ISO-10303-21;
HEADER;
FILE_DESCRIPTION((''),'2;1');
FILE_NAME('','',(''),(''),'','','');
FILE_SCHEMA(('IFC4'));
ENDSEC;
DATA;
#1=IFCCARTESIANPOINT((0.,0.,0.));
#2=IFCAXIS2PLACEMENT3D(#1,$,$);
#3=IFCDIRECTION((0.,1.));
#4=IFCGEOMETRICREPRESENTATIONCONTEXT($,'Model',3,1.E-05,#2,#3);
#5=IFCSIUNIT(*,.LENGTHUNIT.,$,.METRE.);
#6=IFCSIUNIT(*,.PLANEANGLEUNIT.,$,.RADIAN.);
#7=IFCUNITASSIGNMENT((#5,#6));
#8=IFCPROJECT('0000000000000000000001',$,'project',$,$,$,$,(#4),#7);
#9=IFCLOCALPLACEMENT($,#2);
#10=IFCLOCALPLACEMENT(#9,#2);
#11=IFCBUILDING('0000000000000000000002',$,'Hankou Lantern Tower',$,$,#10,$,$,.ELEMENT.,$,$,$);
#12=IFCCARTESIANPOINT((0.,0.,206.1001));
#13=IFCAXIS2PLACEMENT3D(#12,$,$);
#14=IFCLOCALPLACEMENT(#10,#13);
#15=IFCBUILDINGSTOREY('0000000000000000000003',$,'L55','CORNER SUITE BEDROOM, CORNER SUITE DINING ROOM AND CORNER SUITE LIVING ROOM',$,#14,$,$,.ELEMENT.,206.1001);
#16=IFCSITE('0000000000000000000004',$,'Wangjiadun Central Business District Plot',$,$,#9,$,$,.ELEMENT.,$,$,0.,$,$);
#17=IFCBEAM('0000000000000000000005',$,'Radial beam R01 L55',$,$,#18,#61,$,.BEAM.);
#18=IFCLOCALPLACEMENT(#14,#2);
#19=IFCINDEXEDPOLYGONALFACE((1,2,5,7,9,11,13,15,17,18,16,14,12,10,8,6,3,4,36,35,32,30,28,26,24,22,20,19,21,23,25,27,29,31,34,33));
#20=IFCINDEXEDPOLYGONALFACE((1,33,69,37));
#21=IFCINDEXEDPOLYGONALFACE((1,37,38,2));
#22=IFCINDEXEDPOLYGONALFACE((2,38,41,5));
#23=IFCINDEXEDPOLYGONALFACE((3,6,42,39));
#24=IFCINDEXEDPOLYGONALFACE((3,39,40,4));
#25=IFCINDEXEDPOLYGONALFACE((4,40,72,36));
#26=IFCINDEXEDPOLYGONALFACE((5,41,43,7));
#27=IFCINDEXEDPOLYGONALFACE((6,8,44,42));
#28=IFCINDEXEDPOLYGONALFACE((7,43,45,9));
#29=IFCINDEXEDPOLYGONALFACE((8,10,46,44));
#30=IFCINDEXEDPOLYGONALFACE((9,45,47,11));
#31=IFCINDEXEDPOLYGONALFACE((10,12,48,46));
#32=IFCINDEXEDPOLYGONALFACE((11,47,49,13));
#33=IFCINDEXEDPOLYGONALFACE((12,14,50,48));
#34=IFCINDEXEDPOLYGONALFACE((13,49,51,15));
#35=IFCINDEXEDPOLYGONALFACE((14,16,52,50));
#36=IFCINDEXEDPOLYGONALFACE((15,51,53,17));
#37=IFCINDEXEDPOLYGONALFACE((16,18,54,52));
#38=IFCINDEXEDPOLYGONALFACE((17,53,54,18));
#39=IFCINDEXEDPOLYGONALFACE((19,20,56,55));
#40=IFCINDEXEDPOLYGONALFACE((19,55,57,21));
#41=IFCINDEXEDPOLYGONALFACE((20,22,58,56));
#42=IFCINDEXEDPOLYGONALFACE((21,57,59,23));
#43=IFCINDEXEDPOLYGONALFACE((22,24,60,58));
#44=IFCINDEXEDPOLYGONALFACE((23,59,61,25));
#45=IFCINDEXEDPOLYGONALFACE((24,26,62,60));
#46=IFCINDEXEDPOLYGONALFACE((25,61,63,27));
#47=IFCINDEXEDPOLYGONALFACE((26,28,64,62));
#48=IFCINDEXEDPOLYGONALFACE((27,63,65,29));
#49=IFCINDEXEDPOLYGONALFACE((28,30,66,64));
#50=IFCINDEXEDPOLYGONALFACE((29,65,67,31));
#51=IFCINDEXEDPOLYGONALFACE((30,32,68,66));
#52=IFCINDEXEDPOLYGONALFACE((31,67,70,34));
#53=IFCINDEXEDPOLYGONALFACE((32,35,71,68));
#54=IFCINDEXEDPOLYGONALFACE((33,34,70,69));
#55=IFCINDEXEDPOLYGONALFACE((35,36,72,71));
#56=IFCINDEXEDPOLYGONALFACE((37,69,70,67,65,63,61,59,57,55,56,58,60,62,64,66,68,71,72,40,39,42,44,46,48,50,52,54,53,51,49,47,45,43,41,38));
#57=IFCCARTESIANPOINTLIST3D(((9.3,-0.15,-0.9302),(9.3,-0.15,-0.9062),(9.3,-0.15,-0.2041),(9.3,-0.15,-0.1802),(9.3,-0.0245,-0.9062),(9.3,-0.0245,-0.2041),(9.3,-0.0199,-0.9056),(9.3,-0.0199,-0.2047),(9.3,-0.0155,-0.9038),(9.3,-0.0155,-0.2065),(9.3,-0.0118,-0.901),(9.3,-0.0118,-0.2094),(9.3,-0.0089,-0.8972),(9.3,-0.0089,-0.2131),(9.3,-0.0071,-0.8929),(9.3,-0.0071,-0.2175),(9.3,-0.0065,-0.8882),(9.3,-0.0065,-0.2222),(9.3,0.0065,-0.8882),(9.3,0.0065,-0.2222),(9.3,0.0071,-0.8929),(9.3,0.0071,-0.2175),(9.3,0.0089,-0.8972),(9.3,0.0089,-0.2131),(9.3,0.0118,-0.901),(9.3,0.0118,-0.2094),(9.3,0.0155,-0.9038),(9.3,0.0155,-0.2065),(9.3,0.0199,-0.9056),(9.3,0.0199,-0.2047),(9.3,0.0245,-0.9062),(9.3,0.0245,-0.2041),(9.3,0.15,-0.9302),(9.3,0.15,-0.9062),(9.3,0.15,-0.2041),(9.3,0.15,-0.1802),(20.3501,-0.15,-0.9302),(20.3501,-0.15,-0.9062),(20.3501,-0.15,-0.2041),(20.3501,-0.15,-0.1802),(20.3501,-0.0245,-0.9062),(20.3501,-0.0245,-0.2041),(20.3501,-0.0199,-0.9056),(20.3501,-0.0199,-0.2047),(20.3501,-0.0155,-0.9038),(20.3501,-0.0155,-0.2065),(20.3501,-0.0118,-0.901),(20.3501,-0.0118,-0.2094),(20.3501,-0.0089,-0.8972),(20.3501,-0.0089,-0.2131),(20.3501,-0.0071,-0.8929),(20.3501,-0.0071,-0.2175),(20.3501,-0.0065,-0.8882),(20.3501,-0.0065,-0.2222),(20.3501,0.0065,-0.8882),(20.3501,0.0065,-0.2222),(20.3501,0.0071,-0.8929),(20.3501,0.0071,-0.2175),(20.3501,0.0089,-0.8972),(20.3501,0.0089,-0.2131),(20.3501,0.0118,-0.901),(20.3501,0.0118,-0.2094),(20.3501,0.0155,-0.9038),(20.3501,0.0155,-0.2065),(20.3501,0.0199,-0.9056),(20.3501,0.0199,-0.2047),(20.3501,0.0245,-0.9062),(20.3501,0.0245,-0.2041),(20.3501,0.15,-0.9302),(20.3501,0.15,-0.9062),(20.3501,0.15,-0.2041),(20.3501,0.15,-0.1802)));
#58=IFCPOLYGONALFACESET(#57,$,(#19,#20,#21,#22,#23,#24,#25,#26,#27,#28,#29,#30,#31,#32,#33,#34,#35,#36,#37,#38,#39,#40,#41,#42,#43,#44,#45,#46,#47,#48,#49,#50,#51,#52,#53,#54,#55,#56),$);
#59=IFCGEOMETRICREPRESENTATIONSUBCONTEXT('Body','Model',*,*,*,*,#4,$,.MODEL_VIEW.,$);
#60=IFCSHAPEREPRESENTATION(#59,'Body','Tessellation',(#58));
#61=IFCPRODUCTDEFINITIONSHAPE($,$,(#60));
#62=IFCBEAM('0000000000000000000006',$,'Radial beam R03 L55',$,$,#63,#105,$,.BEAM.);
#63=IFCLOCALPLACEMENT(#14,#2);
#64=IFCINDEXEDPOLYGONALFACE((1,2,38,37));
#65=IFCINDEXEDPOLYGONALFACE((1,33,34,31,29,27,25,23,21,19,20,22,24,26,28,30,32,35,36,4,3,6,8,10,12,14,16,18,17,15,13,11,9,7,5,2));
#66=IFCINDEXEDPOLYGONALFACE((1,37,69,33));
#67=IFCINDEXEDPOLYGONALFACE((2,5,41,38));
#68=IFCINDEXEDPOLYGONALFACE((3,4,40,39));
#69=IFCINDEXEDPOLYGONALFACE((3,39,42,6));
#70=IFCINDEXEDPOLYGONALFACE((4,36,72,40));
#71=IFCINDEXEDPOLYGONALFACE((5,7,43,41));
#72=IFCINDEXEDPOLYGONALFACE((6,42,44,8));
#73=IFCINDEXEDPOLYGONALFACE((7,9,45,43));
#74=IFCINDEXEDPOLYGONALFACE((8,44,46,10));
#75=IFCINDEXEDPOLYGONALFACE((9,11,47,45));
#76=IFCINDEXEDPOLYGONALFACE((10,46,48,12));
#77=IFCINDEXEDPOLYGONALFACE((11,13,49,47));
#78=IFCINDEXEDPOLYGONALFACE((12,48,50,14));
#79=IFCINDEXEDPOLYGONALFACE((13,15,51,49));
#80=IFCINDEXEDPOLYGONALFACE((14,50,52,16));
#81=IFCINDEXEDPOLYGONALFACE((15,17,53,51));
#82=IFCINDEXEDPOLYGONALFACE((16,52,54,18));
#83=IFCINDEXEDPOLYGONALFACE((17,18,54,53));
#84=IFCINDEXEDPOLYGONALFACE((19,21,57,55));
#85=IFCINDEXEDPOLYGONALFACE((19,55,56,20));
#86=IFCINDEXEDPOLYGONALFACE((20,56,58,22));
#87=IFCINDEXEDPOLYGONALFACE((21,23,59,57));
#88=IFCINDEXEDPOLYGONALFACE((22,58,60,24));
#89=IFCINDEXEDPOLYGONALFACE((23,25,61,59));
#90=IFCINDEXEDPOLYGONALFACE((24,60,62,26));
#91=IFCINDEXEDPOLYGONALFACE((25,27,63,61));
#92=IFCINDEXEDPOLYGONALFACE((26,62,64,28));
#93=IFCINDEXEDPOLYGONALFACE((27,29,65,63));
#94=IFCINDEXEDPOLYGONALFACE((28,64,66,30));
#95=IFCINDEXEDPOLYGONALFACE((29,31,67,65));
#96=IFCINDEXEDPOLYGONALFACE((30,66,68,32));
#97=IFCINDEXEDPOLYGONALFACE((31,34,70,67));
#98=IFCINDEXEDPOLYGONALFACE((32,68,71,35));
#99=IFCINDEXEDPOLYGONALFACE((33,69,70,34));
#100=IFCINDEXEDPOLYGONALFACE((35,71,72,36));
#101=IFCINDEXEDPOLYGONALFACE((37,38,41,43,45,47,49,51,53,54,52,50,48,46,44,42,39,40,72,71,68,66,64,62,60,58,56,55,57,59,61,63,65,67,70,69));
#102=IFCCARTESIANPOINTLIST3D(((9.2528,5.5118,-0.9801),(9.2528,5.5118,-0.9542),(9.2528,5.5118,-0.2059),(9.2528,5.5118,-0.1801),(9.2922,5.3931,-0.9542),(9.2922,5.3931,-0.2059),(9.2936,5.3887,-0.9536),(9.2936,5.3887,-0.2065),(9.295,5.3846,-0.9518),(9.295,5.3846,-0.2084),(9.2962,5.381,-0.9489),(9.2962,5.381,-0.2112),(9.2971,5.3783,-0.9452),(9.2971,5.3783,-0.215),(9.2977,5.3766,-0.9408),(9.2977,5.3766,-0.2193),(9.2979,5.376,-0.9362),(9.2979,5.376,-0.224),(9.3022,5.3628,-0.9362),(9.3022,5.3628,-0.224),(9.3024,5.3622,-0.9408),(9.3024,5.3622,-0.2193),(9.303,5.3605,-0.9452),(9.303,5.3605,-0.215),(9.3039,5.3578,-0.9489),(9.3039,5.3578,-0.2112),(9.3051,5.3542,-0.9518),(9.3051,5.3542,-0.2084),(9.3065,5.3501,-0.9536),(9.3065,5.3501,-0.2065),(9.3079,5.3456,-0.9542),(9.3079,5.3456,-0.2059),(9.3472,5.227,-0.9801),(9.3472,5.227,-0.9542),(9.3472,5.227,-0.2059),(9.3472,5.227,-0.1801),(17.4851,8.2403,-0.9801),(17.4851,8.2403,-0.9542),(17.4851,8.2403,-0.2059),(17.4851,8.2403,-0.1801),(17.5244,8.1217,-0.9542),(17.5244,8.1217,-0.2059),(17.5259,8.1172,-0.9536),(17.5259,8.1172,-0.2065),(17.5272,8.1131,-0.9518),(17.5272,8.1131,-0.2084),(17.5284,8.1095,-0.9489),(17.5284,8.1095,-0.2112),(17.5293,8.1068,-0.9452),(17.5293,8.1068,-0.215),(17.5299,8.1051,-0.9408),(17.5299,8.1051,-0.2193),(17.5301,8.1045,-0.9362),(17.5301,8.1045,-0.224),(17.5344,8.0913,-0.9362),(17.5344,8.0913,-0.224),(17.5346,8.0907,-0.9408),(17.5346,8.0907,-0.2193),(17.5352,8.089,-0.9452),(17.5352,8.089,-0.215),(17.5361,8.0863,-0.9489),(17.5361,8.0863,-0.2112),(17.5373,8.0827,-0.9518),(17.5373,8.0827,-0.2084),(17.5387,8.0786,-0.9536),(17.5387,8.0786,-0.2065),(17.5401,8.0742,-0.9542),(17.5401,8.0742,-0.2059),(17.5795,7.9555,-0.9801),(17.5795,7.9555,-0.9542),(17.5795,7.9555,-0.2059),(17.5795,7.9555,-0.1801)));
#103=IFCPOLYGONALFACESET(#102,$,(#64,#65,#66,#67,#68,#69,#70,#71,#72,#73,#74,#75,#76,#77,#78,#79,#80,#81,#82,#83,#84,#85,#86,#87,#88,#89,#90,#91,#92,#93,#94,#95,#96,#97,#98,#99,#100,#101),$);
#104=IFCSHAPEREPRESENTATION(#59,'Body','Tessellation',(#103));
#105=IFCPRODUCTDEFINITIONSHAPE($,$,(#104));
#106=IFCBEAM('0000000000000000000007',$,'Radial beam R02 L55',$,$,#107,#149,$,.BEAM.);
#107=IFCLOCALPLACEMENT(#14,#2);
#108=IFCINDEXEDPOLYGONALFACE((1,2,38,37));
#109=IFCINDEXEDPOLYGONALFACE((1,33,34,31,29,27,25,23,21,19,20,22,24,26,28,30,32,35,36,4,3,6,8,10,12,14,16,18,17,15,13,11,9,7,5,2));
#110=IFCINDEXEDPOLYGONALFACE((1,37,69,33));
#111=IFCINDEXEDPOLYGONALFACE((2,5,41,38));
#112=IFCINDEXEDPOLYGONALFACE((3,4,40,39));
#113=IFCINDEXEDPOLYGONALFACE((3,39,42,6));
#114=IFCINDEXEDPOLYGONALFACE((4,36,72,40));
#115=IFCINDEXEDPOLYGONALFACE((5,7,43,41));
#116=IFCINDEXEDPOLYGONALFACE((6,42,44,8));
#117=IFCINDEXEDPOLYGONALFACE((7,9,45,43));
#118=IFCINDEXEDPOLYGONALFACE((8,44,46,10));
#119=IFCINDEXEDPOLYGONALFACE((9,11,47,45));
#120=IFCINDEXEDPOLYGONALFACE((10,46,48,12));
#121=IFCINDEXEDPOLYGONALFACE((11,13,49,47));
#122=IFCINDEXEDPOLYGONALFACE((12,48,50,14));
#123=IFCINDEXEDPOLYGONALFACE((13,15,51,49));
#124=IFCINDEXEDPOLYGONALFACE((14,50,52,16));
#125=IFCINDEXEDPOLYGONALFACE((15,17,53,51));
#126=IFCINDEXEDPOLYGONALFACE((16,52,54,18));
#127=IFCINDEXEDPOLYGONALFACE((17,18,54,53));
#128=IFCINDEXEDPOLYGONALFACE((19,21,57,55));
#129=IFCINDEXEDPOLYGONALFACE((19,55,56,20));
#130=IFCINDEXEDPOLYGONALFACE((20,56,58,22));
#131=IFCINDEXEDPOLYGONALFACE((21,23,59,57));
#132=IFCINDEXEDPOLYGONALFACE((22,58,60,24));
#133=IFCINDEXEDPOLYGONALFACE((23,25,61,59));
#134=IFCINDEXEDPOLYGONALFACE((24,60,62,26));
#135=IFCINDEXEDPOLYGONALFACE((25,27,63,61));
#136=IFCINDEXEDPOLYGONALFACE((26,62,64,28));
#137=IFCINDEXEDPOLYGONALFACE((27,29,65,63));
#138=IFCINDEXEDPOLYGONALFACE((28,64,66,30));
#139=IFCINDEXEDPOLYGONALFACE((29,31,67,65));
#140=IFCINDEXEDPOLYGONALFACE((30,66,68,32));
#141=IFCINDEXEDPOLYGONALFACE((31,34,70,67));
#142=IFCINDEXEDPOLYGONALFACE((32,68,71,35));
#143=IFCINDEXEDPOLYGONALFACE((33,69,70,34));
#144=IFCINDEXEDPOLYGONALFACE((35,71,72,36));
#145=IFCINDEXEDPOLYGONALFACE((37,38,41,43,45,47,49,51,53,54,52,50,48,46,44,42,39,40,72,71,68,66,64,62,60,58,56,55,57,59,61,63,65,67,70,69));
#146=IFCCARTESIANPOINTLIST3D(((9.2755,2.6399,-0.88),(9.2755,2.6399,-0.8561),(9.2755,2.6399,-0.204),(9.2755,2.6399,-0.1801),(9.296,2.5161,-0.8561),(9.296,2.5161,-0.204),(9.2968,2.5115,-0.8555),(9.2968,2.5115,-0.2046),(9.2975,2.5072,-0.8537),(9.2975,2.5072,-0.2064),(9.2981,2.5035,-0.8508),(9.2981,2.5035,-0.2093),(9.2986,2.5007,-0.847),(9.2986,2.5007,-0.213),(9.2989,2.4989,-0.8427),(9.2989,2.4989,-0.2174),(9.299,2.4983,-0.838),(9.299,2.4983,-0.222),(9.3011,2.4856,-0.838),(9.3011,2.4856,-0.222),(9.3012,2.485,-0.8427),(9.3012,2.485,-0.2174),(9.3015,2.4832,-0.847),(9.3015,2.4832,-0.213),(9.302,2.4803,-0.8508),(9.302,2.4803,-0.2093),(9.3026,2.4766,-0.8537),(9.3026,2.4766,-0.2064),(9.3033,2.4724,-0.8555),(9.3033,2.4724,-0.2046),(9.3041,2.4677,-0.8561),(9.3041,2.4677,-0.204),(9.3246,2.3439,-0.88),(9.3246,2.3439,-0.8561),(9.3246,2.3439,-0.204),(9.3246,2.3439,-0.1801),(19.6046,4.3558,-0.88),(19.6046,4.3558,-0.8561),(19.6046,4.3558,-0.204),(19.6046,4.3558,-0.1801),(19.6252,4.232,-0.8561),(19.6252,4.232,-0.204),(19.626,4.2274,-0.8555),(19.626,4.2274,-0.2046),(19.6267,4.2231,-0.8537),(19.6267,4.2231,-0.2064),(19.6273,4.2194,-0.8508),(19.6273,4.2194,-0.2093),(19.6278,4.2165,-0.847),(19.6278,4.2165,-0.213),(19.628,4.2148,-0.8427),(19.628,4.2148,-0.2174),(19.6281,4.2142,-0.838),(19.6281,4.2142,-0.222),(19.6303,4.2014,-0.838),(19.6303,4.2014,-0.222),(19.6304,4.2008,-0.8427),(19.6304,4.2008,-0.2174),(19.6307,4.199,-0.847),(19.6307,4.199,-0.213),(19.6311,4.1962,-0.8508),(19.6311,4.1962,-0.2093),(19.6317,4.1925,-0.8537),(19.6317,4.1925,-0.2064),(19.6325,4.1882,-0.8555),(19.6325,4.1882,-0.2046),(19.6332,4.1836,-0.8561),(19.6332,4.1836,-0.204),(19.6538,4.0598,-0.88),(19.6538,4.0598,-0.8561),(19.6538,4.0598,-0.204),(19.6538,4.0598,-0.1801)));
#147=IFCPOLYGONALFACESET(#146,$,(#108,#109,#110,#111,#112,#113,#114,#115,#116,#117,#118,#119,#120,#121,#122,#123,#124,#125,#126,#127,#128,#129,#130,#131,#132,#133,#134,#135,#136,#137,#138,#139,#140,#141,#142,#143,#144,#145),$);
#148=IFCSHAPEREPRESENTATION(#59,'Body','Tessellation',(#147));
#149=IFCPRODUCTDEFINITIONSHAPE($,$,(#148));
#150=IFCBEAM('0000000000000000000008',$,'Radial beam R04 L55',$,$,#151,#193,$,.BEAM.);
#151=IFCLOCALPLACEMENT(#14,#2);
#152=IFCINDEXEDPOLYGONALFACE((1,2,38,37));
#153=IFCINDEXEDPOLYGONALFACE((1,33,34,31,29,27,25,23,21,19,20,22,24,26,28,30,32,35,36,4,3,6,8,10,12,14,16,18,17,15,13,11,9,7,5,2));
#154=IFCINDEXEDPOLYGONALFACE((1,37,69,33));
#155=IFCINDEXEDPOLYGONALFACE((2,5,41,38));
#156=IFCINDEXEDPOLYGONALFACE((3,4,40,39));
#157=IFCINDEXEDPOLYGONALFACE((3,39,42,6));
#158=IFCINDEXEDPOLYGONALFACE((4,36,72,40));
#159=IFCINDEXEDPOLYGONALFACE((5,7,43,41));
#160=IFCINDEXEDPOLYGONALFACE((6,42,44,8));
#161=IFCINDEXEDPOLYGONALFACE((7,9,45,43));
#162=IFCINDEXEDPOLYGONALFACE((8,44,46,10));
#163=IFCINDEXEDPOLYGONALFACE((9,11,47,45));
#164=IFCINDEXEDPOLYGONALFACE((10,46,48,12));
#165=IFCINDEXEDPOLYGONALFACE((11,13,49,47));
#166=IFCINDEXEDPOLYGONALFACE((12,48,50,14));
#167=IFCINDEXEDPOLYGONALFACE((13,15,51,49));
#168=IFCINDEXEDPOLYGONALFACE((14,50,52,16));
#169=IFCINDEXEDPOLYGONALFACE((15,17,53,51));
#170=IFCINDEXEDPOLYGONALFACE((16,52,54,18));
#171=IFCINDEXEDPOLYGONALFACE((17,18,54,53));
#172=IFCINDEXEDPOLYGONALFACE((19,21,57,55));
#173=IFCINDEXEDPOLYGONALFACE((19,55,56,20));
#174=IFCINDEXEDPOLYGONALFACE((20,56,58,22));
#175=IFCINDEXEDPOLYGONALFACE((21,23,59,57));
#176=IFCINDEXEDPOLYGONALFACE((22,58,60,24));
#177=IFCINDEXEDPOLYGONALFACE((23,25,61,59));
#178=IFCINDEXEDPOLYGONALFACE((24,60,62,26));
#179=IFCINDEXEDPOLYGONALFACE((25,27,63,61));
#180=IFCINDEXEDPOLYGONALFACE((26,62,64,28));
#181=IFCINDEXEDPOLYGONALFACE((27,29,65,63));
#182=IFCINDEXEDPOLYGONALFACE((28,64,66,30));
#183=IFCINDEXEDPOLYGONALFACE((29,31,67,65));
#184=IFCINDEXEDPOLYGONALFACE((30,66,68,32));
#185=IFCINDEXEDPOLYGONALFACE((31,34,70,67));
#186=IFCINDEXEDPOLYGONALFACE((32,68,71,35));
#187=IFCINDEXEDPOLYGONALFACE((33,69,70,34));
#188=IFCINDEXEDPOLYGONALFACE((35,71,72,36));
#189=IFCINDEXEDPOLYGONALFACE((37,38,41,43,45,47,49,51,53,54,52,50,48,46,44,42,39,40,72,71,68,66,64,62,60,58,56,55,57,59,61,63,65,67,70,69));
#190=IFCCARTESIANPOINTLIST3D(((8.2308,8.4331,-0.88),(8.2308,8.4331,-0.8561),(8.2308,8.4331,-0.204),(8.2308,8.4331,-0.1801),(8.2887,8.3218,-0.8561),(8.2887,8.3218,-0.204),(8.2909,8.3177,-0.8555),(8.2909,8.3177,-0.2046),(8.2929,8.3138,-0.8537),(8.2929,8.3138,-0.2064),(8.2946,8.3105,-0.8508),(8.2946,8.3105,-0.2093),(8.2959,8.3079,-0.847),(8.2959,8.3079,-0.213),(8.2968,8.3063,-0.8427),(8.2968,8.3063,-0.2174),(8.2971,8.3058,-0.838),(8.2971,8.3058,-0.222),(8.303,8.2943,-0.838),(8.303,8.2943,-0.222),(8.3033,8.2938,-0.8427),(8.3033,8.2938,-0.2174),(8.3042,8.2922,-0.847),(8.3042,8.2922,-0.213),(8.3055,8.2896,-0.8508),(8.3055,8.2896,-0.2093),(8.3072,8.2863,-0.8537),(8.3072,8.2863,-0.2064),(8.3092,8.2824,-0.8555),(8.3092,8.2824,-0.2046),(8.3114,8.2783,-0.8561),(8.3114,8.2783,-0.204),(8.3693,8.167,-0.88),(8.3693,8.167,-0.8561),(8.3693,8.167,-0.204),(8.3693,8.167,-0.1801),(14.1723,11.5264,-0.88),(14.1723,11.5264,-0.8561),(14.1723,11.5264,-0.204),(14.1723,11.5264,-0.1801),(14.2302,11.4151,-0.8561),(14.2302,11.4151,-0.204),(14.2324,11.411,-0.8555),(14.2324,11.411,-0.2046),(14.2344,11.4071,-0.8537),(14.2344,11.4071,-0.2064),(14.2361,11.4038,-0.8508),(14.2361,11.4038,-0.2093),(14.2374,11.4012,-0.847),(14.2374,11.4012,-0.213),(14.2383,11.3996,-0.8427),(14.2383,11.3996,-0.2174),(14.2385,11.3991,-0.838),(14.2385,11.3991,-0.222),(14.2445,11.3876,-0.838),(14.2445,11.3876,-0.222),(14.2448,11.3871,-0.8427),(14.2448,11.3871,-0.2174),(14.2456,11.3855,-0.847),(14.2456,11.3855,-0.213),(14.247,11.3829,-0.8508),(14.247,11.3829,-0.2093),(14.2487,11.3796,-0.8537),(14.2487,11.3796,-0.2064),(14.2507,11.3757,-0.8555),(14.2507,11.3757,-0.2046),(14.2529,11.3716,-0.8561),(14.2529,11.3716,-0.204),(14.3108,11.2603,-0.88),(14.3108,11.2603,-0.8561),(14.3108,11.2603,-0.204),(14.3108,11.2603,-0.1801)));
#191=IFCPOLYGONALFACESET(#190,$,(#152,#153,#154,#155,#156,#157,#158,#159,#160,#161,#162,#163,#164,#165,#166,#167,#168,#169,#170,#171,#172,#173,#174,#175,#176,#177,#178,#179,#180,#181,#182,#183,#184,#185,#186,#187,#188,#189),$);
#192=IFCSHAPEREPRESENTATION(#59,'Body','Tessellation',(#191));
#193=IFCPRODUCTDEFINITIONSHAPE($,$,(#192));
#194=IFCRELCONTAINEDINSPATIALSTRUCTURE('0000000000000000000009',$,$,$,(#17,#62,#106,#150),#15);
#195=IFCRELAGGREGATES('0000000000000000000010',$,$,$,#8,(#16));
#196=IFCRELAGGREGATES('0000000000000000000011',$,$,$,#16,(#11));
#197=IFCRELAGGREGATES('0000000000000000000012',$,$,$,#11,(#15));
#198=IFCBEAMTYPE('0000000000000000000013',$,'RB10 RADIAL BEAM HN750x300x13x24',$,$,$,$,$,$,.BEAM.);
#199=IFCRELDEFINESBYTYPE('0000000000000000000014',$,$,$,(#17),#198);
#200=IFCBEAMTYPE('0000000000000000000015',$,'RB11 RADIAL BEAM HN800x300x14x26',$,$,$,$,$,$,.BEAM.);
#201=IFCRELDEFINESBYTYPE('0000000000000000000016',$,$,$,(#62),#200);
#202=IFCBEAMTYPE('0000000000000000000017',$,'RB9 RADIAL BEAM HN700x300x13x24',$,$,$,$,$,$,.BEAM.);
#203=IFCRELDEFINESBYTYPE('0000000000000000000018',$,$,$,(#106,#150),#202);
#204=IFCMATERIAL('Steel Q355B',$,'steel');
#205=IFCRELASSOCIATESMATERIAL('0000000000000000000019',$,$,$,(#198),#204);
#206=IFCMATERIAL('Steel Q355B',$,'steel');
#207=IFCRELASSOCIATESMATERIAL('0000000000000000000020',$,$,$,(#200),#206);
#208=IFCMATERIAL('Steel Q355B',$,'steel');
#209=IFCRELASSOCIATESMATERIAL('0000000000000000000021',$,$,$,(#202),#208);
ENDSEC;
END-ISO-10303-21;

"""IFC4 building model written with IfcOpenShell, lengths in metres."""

from ifc_helpers import new_model, si_unit, direction, frame, origin, origin_2d, place, context, subcontext, project, spatial, i_section, extrude, material, material_profile, profile_set, type_object, element, save


model = new_model("IFC4")

# Units and contexts
model_context = context("Model", 3, precision=1e-05, world=origin(), true_north=direction((0.0, 1.0)))
body_context = subcontext(model_context, "Body", "Model", "MODEL_VIEW")
ifc_project = project(units=[si_unit("LENGTHUNIT", "METRE"), si_unit("PLANEANGLEUNIT", "RADIAN")], contexts=[model_context])

# Site, building, storey
site_placement = place(None, origin())
site = spatial("IfcSite", under=ifc_project, at=site_placement, Name="Wangjiadun Central Business District Plot", CompositionType="ELEMENT", RefElevation=0.0)
building_placement = place(site_placement, origin())
building = spatial("IfcBuilding", under=site, at=building_placement, Name="Hankou Lantern Tower", CompositionType="ELEMENT")
storey_placement = place(building_placement, frame((0.0, 0.0, 206.1001)))
storey = spatial("IfcBuildingStorey", under=building, at=storey_placement, Name="L55", Description="CORNER SUITE BEDROOM, CORNER SUITE DINING ROOM AND CORNER SUITE LIVING ROOM", CompositionType="ELEMENT", Elevation=206.1001)

# Beams
ifc_material_1 = material(Name="Steel Q355B", Category="steel")
ifc_material_profile_1 = material_profile(ifc_material_1, i_section(OverallWidth=0.3, OverallDepth=0.75, WebThickness=0.0129, FlangeThickness=0.0239, FilletRadius=0.0181, at=origin_2d()), Name="HN750x300x13x24")
ifc_profile_set_1 = profile_set([ifc_material_profile_1], Name="Steel Q355B")
beam_type_1 = type_object("IfcBeamType", Name="RB10 RADIAL BEAM HN750x300x13x24", PredefinedType="BEAM", material=ifc_profile_set_1)
beam_1_placement = place(storey_placement, frame((9.3, 0.0, -0.5552), z_axis=(1.0, 0.0, 0.0), x_axis=(0.0, 1.0, 0.0)))
element("IfcBeam", 1, at=beam_1_placement, inside=storey, type_object=beam_type_1, Name="Radial beam R01 L55", PredefinedType="BEAM", context=body_context, shape_type="SweptSolid", body=[
    extrude(i_section(OverallWidth=0.3, OverallDepth=0.75, WebThickness=0.0129, FlangeThickness=0.0239, FilletRadius=0.0181, at=origin_2d()), origin(), (0.0, 0.0, 1.0), 11.05),
])
ifc_material_2 = material(Name="Steel Q355B", Category="steel")
ifc_material_profile_2 = material_profile(ifc_material_2, i_section(OverallWidth=0.3, OverallDepth=0.8, WebThickness=0.0139, FlangeThickness=0.0259, FilletRadius=0.0181, at=origin_2d()), Name="HN800x300x14x26")
ifc_profile_set_2 = profile_set([ifc_material_profile_2], Name="Steel Q355B")
beam_type_2 = type_object("IfcBeamType", Name="RB11 RADIAL BEAM HN800x300x14x26", PredefinedType="BEAM", material=ifc_profile_set_2)
beam_2_placement = place(storey_placement, frame((9.3, 5.3694, -0.5801), z_axis=(0.94922, 0.314614, 0.0), x_axis=(-0.314614, 0.94922, 0.0)))
element("IfcBeam", 2, at=beam_2_placement, inside=storey, type_object=beam_type_2, Name="Radial beam R03 L55", PredefinedType="BEAM", context=body_context, shape_type="SweptSolid", body=[
    extrude(i_section(OverallWidth=0.3, OverallDepth=0.8, WebThickness=0.0139, FlangeThickness=0.0259, FilletRadius=0.0181, at=origin_2d()), origin(), (0.0, 0.0, 1.0), 8.6726),
])
ifc_material_3 = material(Name="Steel Q355B", Category="steel")
ifc_material_profile_3 = material_profile(ifc_material_3, i_section(OverallWidth=0.3, OverallDepth=0.7, WebThickness=0.0129, FlangeThickness=0.0239, FilletRadius=0.0181, at=origin_2d()), Name="HN700x300x13x24")
ifc_profile_set_3 = profile_set([ifc_material_profile_3], Name="Steel Q355B")
beam_type_3 = type_object("IfcBeamType", Name="RB9 RADIAL BEAM HN700x300x13x24", PredefinedType="BEAM", material=ifc_profile_set_3)
beam_3_placement = place(storey_placement, frame((9.3, 2.4919, -0.53), z_axis=(0.986482, 0.16387, 0.0), x_axis=(-0.16387, 0.986482, 0.0)))
element("IfcBeam", 3, at=beam_3_placement, inside=storey, type_object=beam_type_3, Name="Radial beam R02 L55", PredefinedType="BEAM", context=body_context, shape_type="SweptSolid", body=[
    extrude(i_section(OverallWidth=0.3, OverallDepth=0.7, WebThickness=0.0129, FlangeThickness=0.0239, FilletRadius=0.0181, at=origin_2d()), origin(), (0.0, 0.0, 1.0), 10.4707),
])
beam_4_placement = place(storey_placement, frame((8.3, 8.3, -0.53), z_axis=(0.886989, 0.461791, 0.0), x_axis=(-0.461791, 0.886989, 0.0)))
element("IfcBeam", 4, at=beam_4_placement, inside=storey, type_object=beam_type_3, Name="Radial beam R04 L55", PredefinedType="BEAM", context=body_context, shape_type="SweptSolid", body=[
    extrude(i_section(OverallWidth=0.3, OverallDepth=0.7, WebThickness=0.0129, FlangeThickness=0.0239, FilletRadius=0.0181, at=origin_2d()), origin(), (0.0, 0.0, 1.0), 6.6985),
])

save(model, "model.ifc")
